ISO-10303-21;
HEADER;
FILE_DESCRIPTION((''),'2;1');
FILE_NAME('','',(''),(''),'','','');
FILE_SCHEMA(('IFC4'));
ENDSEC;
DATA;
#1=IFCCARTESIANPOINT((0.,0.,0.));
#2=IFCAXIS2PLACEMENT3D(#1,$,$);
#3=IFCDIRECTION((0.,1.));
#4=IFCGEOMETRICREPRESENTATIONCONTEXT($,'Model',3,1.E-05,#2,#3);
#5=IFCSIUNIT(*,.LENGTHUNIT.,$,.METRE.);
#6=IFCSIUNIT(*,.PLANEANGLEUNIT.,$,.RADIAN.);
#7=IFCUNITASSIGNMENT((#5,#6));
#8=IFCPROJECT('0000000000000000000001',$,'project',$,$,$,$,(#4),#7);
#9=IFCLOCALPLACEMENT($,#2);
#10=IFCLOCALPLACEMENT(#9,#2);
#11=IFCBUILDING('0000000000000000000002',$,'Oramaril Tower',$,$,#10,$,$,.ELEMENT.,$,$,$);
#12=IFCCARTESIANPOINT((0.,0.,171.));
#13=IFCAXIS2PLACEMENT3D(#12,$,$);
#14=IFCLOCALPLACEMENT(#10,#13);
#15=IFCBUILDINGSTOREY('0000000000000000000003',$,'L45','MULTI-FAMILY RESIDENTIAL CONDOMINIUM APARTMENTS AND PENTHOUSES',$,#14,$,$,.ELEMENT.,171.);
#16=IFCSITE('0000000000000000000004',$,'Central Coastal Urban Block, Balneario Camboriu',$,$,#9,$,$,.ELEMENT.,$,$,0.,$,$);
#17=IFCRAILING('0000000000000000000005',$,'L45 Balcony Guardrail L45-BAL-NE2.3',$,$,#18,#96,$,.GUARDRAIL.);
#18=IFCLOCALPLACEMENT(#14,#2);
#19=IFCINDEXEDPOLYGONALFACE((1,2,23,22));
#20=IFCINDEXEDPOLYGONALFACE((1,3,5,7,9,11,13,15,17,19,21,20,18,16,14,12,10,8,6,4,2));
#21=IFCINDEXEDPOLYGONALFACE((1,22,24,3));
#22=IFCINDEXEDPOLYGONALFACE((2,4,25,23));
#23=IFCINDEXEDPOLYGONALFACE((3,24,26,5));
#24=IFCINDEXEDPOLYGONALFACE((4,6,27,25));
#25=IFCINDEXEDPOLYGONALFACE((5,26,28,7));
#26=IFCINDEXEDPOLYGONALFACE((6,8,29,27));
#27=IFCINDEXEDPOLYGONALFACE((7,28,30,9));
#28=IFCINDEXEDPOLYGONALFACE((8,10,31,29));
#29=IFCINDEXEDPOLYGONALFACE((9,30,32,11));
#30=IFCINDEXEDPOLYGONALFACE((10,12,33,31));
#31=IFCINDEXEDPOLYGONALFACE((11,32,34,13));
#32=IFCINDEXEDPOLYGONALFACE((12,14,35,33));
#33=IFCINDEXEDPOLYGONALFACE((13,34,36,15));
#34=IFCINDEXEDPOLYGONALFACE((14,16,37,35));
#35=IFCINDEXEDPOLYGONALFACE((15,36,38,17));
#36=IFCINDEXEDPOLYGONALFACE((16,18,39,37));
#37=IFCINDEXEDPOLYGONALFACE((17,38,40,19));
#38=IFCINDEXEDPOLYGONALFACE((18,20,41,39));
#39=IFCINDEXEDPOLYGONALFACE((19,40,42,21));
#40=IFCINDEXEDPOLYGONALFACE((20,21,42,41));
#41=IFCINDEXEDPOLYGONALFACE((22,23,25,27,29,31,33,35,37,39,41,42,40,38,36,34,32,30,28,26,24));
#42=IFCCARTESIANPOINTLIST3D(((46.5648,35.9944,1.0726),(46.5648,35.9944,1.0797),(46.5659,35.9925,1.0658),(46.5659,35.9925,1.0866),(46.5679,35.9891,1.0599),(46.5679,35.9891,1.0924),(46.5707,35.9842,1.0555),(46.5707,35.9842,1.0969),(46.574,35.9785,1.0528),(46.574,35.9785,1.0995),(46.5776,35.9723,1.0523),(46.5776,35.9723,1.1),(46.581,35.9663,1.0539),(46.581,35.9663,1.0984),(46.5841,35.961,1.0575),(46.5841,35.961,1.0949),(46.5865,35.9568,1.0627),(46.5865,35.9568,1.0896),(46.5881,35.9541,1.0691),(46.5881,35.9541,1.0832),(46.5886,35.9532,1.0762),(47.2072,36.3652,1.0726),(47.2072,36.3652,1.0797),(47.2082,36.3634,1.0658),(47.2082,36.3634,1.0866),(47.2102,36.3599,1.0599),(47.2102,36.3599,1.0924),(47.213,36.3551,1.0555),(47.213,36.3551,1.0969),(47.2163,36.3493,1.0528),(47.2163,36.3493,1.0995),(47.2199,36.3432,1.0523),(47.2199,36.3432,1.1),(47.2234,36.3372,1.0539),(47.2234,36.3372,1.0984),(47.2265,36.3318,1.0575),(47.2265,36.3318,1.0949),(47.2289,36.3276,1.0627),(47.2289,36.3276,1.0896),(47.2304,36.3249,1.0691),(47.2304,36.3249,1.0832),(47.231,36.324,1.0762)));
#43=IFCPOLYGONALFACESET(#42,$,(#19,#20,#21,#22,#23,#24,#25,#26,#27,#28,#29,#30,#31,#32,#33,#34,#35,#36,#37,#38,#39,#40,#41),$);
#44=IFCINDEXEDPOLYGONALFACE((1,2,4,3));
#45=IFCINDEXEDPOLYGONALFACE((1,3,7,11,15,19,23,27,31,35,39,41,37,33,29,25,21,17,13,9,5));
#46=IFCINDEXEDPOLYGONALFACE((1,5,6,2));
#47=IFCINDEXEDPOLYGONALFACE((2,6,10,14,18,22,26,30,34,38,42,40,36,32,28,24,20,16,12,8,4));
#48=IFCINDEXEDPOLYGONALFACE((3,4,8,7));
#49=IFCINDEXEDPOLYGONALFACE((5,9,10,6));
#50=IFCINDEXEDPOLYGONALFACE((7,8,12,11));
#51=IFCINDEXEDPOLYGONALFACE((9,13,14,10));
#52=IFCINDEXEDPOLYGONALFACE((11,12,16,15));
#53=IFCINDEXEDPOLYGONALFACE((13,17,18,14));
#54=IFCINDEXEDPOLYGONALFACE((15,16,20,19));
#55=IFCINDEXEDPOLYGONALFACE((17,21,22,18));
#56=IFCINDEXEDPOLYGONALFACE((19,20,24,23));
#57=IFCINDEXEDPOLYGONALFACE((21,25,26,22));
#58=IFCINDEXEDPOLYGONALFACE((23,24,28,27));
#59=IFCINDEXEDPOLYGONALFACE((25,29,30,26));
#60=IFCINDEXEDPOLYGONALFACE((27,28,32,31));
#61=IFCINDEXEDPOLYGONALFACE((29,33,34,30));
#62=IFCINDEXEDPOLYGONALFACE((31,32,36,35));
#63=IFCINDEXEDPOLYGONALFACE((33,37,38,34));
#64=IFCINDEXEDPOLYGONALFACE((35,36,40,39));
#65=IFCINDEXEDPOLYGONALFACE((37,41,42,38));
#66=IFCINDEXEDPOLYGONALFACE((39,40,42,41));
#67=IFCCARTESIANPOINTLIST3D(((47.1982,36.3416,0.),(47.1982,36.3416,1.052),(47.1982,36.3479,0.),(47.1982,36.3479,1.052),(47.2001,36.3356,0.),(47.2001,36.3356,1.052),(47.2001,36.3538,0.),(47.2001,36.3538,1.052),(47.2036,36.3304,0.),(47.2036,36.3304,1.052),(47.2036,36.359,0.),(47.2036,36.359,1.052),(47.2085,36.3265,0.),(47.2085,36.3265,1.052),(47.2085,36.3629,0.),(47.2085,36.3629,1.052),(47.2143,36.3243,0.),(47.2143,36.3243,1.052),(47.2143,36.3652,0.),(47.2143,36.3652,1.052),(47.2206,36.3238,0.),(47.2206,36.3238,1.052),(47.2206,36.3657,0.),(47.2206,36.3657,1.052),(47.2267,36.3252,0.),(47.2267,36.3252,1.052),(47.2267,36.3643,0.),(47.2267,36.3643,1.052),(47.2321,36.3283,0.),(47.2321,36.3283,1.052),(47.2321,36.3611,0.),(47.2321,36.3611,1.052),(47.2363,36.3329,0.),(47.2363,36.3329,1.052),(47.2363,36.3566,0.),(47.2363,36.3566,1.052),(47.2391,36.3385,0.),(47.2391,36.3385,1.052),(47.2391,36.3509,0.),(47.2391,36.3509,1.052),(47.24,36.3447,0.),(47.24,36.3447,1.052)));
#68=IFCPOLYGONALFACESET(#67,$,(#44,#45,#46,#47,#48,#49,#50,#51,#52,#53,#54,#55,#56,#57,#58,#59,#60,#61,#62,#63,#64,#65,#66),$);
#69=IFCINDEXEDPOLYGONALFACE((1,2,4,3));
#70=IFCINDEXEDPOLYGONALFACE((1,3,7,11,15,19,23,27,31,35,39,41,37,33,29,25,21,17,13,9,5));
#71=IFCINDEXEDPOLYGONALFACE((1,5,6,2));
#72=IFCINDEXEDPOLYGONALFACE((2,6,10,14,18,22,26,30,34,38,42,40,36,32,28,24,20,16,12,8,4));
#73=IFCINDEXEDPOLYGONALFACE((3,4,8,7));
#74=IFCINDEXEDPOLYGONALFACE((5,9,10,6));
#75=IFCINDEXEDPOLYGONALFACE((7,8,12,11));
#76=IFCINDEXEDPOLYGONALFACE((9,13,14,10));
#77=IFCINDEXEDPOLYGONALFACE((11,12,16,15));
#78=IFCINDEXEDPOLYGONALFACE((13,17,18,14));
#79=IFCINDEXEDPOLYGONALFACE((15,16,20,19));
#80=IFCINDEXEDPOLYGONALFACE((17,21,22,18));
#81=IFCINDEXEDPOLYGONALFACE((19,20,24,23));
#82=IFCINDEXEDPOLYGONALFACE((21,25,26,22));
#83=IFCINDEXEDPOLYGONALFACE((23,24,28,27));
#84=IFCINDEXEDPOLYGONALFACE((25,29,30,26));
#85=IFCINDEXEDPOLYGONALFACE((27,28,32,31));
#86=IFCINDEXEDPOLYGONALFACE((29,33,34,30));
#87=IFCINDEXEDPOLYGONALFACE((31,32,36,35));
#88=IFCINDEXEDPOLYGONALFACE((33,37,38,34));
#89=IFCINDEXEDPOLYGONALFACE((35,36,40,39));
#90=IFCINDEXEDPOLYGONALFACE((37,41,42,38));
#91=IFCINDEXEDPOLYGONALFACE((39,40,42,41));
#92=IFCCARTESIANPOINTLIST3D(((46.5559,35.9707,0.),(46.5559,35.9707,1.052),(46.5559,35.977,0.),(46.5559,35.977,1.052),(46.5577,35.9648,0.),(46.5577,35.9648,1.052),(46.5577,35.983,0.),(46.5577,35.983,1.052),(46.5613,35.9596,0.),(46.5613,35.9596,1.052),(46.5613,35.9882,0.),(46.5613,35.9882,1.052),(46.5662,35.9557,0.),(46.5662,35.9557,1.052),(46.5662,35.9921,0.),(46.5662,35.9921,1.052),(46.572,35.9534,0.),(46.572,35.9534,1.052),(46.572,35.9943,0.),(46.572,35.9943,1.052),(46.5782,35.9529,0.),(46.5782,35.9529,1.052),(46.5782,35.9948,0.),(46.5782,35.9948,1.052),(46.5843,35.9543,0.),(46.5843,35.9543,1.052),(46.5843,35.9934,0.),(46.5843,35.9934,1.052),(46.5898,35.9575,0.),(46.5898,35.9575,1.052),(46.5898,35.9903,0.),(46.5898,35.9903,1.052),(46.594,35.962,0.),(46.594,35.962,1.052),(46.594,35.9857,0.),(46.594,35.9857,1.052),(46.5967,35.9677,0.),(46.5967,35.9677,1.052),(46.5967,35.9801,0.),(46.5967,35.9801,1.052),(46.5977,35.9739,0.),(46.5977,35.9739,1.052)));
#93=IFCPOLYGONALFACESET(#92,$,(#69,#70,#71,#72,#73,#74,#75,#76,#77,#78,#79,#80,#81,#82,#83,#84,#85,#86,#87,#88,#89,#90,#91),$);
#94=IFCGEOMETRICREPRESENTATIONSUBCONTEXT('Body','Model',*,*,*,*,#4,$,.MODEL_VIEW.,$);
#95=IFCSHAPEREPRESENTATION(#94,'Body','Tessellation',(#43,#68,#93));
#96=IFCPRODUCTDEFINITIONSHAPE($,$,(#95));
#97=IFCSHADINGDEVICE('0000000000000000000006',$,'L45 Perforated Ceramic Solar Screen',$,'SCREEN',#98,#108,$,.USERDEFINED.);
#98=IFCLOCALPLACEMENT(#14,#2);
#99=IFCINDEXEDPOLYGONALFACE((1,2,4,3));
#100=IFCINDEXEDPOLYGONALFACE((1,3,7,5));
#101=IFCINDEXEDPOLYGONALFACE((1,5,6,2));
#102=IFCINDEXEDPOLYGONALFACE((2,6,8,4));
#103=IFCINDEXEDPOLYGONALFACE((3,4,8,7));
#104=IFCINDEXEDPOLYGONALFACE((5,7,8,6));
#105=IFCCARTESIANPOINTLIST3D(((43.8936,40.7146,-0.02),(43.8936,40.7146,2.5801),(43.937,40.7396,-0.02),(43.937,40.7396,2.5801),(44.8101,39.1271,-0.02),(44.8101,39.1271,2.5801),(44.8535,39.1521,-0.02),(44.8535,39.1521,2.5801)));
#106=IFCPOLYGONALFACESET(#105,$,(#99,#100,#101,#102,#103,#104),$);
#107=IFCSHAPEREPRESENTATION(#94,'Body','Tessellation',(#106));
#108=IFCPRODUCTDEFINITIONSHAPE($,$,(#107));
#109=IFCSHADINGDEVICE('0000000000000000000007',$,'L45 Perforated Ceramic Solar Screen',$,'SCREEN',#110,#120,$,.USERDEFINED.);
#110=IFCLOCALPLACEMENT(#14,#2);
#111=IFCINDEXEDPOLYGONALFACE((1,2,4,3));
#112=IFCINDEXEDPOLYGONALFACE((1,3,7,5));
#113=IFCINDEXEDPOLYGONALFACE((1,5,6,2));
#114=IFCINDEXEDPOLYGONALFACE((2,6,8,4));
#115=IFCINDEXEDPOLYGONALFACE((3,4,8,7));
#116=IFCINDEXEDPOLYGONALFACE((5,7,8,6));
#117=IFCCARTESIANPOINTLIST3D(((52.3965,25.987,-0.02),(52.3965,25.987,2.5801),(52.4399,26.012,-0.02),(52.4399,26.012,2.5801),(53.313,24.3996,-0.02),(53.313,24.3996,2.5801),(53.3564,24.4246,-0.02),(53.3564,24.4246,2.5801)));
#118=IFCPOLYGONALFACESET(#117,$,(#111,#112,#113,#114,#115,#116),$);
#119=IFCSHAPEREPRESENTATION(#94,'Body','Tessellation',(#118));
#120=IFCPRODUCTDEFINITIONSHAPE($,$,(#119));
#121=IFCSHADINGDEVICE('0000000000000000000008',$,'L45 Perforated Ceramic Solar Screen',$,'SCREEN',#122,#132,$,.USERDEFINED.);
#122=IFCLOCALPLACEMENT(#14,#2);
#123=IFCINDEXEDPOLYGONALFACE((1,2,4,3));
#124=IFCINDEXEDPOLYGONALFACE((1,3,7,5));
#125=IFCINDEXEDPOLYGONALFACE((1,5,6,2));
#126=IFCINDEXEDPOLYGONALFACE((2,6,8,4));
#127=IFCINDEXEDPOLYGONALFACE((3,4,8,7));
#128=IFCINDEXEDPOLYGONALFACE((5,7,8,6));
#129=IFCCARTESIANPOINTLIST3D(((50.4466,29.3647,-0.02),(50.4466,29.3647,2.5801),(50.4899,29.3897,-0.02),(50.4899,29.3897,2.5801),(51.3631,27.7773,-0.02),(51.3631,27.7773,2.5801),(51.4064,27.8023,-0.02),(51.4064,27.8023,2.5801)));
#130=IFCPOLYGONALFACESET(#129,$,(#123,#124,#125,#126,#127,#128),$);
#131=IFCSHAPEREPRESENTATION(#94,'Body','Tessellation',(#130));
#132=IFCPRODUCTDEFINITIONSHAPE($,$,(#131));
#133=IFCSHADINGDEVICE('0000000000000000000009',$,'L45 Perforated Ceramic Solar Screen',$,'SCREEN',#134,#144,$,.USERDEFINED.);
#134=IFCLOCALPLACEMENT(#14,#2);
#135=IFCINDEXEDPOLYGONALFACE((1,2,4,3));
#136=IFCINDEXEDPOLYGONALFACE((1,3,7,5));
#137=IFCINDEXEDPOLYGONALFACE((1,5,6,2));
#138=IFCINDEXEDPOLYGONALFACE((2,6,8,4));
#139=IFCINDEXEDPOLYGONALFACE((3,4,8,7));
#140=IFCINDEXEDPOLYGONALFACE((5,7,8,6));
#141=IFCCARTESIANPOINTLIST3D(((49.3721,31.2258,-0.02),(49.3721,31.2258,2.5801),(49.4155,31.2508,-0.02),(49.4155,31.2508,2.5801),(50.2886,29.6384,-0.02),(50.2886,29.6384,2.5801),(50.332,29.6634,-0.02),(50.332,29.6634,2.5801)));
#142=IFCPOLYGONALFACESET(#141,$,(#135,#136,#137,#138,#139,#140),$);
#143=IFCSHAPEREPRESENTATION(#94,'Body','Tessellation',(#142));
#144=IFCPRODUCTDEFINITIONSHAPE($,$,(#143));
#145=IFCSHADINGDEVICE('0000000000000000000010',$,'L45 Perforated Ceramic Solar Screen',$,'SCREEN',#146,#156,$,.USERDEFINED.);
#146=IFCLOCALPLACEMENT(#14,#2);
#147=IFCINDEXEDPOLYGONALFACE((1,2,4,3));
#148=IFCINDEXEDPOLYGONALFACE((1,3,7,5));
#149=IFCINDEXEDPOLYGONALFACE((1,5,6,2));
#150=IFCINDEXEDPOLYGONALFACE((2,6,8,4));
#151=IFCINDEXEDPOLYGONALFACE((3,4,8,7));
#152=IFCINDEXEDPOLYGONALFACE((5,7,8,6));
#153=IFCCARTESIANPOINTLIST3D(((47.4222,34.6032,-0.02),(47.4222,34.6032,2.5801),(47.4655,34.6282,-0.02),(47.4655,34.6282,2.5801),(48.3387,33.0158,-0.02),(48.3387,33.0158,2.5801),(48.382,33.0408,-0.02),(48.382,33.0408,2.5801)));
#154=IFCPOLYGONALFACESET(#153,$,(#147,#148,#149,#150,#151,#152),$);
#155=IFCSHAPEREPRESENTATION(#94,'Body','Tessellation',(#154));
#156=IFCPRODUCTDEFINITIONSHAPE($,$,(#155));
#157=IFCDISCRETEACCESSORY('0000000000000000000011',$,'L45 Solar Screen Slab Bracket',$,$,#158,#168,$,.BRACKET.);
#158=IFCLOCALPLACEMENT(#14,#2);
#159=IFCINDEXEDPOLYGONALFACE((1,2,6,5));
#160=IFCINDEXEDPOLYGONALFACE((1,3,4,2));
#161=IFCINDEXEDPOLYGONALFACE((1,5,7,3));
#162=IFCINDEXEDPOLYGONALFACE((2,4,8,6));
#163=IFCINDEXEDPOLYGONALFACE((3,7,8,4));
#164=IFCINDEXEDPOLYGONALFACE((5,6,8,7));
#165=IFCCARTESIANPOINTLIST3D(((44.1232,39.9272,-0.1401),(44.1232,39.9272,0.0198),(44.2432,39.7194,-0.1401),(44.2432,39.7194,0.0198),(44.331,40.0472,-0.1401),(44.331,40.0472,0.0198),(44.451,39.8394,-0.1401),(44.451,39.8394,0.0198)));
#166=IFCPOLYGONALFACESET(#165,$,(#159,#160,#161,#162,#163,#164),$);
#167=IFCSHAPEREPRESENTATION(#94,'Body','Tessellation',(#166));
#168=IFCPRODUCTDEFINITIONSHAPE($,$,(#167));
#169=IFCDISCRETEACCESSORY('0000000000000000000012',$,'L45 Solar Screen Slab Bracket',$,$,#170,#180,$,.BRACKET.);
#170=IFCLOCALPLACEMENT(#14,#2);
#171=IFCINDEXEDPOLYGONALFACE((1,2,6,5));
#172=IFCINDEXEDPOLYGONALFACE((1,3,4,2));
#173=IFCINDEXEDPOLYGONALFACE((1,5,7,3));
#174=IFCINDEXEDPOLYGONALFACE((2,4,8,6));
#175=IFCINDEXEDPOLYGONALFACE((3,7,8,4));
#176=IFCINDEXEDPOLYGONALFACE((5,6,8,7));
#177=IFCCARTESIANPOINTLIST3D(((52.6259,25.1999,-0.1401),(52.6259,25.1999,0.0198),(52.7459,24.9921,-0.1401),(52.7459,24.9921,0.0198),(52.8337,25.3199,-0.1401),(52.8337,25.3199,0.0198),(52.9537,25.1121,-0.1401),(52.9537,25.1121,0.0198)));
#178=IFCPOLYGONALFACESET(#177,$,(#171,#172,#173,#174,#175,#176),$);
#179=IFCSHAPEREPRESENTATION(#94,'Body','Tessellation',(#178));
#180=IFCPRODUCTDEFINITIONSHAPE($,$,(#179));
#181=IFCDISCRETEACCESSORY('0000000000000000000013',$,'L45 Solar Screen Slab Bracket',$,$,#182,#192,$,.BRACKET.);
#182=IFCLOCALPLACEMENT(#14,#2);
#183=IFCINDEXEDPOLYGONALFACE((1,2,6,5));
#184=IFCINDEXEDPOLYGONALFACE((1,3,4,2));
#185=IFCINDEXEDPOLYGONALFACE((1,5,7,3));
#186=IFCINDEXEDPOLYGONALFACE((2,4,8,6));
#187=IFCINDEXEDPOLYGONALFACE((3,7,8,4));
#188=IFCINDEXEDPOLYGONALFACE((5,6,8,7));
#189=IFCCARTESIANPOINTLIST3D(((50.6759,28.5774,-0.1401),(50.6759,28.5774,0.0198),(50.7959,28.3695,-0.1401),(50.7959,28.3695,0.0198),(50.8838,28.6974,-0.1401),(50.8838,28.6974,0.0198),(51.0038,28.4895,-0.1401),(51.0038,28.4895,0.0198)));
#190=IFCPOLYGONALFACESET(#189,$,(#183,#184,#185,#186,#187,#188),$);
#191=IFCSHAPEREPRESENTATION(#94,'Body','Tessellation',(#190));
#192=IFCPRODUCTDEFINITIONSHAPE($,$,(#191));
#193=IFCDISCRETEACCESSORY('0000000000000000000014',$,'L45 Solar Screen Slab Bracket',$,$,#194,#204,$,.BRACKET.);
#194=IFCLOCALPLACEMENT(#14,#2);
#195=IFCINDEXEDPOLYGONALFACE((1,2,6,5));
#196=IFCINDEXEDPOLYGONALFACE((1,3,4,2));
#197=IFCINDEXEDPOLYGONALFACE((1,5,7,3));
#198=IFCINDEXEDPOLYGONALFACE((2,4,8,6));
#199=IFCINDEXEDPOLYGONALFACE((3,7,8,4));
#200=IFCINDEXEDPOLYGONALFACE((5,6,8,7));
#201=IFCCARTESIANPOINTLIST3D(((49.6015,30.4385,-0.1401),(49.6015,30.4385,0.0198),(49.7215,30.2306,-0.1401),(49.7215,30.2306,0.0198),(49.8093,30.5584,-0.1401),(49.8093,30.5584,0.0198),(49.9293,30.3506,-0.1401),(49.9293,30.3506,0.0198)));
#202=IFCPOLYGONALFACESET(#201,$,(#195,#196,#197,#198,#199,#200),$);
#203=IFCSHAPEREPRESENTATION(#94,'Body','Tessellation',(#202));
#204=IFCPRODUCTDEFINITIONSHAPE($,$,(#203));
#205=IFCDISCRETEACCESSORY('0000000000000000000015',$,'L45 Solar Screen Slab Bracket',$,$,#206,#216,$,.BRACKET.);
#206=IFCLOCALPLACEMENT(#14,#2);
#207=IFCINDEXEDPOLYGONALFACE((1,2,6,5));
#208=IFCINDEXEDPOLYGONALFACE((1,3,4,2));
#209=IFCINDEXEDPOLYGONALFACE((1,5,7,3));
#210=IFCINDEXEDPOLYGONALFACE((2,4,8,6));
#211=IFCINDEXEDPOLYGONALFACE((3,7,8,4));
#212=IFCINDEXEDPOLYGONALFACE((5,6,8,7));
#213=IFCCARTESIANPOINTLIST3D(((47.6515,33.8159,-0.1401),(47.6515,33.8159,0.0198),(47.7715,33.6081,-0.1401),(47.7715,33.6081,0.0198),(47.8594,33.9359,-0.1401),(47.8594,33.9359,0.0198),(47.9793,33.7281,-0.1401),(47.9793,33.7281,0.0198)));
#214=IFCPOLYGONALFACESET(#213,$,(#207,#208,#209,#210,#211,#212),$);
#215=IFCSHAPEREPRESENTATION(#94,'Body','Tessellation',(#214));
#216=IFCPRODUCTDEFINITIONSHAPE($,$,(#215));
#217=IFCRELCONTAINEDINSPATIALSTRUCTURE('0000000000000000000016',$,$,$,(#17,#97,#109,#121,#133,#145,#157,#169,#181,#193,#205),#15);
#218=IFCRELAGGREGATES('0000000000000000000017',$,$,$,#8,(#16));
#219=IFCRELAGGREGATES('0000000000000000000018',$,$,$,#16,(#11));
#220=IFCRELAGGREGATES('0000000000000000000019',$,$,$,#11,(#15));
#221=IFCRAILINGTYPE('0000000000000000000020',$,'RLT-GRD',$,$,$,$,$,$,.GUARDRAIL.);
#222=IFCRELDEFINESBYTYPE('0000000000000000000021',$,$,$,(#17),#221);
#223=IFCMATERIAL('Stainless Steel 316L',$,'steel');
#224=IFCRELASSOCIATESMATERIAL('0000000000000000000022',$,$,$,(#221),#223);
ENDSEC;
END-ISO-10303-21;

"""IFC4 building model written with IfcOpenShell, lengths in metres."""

from ifc_helpers import new_model, si_unit, direction, frame, origin, origin_2d, place, context, subcontext, project, spatial, rectangle, circle, extrude, material, type_object, element, save


model = new_model("IFC4")

# Units and contexts
model_context = context("Model", 3, precision=1e-05, world=origin(), true_north=direction((0.0, 1.0)))
body_context = subcontext(model_context, "Body", "Model", "MODEL_VIEW")
ifc_project = project(units=[si_unit("LENGTHUNIT", "METRE"), si_unit("PLANEANGLEUNIT", "RADIAN")], contexts=[model_context])

# Site, building, storey
site_placement = place(None, origin())
site = spatial("IfcSite", under=ifc_project, at=site_placement, Name="Central Coastal Urban Block, Balneario Camboriu", CompositionType="ELEMENT", RefElevation=0.0)
building_placement = place(site_placement, origin())
building = spatial("IfcBuilding", under=site, at=building_placement, Name="Oramaril Tower", CompositionType="ELEMENT")
storey_placement = place(building_placement, frame((0.0, 0.0, 171.0)))
storey = spatial("IfcBuildingStorey", under=building, at=storey_placement, Name="L45", Description="MULTI-FAMILY RESIDENTIAL CONDOMINIUM APARTMENTS AND PENTHOUSES", CompositionType="ELEMENT", Elevation=171.0)

# Railing
ifc_material_1 = material(Name="Stainless Steel 316L", Category="steel")
railing_type = type_object("IfcRailingType", Name="RLT-GRD", PredefinedType="GUARDRAIL", material=ifc_material_1)
railing_1_placement = place(storey_placement, frame((47.219, 36.3447, 0.0)))
element("IfcRailing", 1, at=railing_1_placement, inside=storey, type_object=railing_type, Name="L45 Balcony Guardrail L45-BAL-NE2.3", PredefinedType="GUARDRAIL", context=body_context, shape_type="SweptSolid", body=[
    extrude(circle(Radius=0.0239, at=origin_2d()), frame((0.0, 0.0, 1.0762), z_axis=(-0.866027, -0.499998, 0.0), x_axis=(0.499998, -0.866027, 0.0)), (0.0, 0.0, 1.0), 0.7417),
    extrude(circle(Radius=0.021, at=origin_2d()), origin(), (0.0, 0.0, 1.0), 1.052),
    extrude(circle(Radius=0.021, at=origin_2d()), frame((-0.6423, -0.3708, 0.0)), (0.0, 0.0, 1.0), 1.052),
])

# Shading devices
for number, where, z_axis, x_axis, name in (
    (2, (44.3735, 39.9333, -0.02), (0.0, 0.0, 1.0), (-0.5, 0.866025, 0.0), "L45 Perforated Ceramic Solar Screen"),
    (3, (52.8765, 25.2058, -0.02), (0.0, 0.0, 1.0), (-0.5, 0.866025, 0.0), "L45 Perforated Ceramic Solar Screen"),
    (4, (50.9265, 28.5835, -0.02), (0.0, 0.0, 1.0), (-0.5, 0.866025, 0.0), "L45 Perforated Ceramic Solar Screen"),
    (5, (49.8521, 30.4446, -0.02), (0.0, 0.0, 1.0), (-0.5, 0.866025, 0.0), "L45 Perforated Ceramic Solar Screen"),
    (6, (47.9021, 33.822, -0.02), (0.0, 0.0, 1.0), (-0.5, 0.866025, 0.0), "L45 Perforated Ceramic Solar Screen"),
):
    element("IfcShadingDevice", number, at=place(storey_placement, frame(where, z_axis=z_axis, x_axis=x_axis)), inside=storey, Name=name, ObjectType="SCREEN", PredefinedType="USERDEFINED", context=body_context, shape_type="SweptSolid", body=[
        extrude(rectangle(XDim=1.833, YDim=0.05, at=origin_2d()), origin(), (0.0, 0.0, 1.0), 2.6001),
    ])

# Discrete accessories
for number, where, z_axis, x_axis, name in (
    (7, (44.2871, 39.8833, -0.1401), (0.0, 0.0, 1.0), (-0.5, 0.866025, 0.0), "L45 Solar Screen Slab Bracket"),
    (8, (52.7898, 25.156, -0.1401), (0.0, 0.0, 1.0), (-0.5, 0.866025, 0.0), "L45 Solar Screen Slab Bracket"),
    (9, (50.8398, 28.5334, -0.1401), (0.0, 0.0, 1.0), (-0.5, 0.866025, 0.0), "L45 Solar Screen Slab Bracket"),
    (10, (49.7654, 30.3945, -0.1401), (0.0, 0.0, 1.0), (-0.5, 0.866025, 0.0), "L45 Solar Screen Slab Bracket"),
    (11, (47.8154, 33.772, -0.1401), (0.0, 0.0, 1.0), (-0.5, 0.866025, 0.0), "L45 Solar Screen Slab Bracket"),
):
    element("IfcDiscreteAccessory", number, at=place(storey_placement, frame(where, z_axis=z_axis, x_axis=x_axis)), inside=storey, Name=name, PredefinedType="BRACKET", context=body_context, shape_type="SweptSolid", body=[
        extrude(rectangle(XDim=0.24, YDim=0.24, at=origin_2d()), origin(), (0.0, 0.0, 1.0), 0.1599),
    ])

save(model, "model.ifc")
